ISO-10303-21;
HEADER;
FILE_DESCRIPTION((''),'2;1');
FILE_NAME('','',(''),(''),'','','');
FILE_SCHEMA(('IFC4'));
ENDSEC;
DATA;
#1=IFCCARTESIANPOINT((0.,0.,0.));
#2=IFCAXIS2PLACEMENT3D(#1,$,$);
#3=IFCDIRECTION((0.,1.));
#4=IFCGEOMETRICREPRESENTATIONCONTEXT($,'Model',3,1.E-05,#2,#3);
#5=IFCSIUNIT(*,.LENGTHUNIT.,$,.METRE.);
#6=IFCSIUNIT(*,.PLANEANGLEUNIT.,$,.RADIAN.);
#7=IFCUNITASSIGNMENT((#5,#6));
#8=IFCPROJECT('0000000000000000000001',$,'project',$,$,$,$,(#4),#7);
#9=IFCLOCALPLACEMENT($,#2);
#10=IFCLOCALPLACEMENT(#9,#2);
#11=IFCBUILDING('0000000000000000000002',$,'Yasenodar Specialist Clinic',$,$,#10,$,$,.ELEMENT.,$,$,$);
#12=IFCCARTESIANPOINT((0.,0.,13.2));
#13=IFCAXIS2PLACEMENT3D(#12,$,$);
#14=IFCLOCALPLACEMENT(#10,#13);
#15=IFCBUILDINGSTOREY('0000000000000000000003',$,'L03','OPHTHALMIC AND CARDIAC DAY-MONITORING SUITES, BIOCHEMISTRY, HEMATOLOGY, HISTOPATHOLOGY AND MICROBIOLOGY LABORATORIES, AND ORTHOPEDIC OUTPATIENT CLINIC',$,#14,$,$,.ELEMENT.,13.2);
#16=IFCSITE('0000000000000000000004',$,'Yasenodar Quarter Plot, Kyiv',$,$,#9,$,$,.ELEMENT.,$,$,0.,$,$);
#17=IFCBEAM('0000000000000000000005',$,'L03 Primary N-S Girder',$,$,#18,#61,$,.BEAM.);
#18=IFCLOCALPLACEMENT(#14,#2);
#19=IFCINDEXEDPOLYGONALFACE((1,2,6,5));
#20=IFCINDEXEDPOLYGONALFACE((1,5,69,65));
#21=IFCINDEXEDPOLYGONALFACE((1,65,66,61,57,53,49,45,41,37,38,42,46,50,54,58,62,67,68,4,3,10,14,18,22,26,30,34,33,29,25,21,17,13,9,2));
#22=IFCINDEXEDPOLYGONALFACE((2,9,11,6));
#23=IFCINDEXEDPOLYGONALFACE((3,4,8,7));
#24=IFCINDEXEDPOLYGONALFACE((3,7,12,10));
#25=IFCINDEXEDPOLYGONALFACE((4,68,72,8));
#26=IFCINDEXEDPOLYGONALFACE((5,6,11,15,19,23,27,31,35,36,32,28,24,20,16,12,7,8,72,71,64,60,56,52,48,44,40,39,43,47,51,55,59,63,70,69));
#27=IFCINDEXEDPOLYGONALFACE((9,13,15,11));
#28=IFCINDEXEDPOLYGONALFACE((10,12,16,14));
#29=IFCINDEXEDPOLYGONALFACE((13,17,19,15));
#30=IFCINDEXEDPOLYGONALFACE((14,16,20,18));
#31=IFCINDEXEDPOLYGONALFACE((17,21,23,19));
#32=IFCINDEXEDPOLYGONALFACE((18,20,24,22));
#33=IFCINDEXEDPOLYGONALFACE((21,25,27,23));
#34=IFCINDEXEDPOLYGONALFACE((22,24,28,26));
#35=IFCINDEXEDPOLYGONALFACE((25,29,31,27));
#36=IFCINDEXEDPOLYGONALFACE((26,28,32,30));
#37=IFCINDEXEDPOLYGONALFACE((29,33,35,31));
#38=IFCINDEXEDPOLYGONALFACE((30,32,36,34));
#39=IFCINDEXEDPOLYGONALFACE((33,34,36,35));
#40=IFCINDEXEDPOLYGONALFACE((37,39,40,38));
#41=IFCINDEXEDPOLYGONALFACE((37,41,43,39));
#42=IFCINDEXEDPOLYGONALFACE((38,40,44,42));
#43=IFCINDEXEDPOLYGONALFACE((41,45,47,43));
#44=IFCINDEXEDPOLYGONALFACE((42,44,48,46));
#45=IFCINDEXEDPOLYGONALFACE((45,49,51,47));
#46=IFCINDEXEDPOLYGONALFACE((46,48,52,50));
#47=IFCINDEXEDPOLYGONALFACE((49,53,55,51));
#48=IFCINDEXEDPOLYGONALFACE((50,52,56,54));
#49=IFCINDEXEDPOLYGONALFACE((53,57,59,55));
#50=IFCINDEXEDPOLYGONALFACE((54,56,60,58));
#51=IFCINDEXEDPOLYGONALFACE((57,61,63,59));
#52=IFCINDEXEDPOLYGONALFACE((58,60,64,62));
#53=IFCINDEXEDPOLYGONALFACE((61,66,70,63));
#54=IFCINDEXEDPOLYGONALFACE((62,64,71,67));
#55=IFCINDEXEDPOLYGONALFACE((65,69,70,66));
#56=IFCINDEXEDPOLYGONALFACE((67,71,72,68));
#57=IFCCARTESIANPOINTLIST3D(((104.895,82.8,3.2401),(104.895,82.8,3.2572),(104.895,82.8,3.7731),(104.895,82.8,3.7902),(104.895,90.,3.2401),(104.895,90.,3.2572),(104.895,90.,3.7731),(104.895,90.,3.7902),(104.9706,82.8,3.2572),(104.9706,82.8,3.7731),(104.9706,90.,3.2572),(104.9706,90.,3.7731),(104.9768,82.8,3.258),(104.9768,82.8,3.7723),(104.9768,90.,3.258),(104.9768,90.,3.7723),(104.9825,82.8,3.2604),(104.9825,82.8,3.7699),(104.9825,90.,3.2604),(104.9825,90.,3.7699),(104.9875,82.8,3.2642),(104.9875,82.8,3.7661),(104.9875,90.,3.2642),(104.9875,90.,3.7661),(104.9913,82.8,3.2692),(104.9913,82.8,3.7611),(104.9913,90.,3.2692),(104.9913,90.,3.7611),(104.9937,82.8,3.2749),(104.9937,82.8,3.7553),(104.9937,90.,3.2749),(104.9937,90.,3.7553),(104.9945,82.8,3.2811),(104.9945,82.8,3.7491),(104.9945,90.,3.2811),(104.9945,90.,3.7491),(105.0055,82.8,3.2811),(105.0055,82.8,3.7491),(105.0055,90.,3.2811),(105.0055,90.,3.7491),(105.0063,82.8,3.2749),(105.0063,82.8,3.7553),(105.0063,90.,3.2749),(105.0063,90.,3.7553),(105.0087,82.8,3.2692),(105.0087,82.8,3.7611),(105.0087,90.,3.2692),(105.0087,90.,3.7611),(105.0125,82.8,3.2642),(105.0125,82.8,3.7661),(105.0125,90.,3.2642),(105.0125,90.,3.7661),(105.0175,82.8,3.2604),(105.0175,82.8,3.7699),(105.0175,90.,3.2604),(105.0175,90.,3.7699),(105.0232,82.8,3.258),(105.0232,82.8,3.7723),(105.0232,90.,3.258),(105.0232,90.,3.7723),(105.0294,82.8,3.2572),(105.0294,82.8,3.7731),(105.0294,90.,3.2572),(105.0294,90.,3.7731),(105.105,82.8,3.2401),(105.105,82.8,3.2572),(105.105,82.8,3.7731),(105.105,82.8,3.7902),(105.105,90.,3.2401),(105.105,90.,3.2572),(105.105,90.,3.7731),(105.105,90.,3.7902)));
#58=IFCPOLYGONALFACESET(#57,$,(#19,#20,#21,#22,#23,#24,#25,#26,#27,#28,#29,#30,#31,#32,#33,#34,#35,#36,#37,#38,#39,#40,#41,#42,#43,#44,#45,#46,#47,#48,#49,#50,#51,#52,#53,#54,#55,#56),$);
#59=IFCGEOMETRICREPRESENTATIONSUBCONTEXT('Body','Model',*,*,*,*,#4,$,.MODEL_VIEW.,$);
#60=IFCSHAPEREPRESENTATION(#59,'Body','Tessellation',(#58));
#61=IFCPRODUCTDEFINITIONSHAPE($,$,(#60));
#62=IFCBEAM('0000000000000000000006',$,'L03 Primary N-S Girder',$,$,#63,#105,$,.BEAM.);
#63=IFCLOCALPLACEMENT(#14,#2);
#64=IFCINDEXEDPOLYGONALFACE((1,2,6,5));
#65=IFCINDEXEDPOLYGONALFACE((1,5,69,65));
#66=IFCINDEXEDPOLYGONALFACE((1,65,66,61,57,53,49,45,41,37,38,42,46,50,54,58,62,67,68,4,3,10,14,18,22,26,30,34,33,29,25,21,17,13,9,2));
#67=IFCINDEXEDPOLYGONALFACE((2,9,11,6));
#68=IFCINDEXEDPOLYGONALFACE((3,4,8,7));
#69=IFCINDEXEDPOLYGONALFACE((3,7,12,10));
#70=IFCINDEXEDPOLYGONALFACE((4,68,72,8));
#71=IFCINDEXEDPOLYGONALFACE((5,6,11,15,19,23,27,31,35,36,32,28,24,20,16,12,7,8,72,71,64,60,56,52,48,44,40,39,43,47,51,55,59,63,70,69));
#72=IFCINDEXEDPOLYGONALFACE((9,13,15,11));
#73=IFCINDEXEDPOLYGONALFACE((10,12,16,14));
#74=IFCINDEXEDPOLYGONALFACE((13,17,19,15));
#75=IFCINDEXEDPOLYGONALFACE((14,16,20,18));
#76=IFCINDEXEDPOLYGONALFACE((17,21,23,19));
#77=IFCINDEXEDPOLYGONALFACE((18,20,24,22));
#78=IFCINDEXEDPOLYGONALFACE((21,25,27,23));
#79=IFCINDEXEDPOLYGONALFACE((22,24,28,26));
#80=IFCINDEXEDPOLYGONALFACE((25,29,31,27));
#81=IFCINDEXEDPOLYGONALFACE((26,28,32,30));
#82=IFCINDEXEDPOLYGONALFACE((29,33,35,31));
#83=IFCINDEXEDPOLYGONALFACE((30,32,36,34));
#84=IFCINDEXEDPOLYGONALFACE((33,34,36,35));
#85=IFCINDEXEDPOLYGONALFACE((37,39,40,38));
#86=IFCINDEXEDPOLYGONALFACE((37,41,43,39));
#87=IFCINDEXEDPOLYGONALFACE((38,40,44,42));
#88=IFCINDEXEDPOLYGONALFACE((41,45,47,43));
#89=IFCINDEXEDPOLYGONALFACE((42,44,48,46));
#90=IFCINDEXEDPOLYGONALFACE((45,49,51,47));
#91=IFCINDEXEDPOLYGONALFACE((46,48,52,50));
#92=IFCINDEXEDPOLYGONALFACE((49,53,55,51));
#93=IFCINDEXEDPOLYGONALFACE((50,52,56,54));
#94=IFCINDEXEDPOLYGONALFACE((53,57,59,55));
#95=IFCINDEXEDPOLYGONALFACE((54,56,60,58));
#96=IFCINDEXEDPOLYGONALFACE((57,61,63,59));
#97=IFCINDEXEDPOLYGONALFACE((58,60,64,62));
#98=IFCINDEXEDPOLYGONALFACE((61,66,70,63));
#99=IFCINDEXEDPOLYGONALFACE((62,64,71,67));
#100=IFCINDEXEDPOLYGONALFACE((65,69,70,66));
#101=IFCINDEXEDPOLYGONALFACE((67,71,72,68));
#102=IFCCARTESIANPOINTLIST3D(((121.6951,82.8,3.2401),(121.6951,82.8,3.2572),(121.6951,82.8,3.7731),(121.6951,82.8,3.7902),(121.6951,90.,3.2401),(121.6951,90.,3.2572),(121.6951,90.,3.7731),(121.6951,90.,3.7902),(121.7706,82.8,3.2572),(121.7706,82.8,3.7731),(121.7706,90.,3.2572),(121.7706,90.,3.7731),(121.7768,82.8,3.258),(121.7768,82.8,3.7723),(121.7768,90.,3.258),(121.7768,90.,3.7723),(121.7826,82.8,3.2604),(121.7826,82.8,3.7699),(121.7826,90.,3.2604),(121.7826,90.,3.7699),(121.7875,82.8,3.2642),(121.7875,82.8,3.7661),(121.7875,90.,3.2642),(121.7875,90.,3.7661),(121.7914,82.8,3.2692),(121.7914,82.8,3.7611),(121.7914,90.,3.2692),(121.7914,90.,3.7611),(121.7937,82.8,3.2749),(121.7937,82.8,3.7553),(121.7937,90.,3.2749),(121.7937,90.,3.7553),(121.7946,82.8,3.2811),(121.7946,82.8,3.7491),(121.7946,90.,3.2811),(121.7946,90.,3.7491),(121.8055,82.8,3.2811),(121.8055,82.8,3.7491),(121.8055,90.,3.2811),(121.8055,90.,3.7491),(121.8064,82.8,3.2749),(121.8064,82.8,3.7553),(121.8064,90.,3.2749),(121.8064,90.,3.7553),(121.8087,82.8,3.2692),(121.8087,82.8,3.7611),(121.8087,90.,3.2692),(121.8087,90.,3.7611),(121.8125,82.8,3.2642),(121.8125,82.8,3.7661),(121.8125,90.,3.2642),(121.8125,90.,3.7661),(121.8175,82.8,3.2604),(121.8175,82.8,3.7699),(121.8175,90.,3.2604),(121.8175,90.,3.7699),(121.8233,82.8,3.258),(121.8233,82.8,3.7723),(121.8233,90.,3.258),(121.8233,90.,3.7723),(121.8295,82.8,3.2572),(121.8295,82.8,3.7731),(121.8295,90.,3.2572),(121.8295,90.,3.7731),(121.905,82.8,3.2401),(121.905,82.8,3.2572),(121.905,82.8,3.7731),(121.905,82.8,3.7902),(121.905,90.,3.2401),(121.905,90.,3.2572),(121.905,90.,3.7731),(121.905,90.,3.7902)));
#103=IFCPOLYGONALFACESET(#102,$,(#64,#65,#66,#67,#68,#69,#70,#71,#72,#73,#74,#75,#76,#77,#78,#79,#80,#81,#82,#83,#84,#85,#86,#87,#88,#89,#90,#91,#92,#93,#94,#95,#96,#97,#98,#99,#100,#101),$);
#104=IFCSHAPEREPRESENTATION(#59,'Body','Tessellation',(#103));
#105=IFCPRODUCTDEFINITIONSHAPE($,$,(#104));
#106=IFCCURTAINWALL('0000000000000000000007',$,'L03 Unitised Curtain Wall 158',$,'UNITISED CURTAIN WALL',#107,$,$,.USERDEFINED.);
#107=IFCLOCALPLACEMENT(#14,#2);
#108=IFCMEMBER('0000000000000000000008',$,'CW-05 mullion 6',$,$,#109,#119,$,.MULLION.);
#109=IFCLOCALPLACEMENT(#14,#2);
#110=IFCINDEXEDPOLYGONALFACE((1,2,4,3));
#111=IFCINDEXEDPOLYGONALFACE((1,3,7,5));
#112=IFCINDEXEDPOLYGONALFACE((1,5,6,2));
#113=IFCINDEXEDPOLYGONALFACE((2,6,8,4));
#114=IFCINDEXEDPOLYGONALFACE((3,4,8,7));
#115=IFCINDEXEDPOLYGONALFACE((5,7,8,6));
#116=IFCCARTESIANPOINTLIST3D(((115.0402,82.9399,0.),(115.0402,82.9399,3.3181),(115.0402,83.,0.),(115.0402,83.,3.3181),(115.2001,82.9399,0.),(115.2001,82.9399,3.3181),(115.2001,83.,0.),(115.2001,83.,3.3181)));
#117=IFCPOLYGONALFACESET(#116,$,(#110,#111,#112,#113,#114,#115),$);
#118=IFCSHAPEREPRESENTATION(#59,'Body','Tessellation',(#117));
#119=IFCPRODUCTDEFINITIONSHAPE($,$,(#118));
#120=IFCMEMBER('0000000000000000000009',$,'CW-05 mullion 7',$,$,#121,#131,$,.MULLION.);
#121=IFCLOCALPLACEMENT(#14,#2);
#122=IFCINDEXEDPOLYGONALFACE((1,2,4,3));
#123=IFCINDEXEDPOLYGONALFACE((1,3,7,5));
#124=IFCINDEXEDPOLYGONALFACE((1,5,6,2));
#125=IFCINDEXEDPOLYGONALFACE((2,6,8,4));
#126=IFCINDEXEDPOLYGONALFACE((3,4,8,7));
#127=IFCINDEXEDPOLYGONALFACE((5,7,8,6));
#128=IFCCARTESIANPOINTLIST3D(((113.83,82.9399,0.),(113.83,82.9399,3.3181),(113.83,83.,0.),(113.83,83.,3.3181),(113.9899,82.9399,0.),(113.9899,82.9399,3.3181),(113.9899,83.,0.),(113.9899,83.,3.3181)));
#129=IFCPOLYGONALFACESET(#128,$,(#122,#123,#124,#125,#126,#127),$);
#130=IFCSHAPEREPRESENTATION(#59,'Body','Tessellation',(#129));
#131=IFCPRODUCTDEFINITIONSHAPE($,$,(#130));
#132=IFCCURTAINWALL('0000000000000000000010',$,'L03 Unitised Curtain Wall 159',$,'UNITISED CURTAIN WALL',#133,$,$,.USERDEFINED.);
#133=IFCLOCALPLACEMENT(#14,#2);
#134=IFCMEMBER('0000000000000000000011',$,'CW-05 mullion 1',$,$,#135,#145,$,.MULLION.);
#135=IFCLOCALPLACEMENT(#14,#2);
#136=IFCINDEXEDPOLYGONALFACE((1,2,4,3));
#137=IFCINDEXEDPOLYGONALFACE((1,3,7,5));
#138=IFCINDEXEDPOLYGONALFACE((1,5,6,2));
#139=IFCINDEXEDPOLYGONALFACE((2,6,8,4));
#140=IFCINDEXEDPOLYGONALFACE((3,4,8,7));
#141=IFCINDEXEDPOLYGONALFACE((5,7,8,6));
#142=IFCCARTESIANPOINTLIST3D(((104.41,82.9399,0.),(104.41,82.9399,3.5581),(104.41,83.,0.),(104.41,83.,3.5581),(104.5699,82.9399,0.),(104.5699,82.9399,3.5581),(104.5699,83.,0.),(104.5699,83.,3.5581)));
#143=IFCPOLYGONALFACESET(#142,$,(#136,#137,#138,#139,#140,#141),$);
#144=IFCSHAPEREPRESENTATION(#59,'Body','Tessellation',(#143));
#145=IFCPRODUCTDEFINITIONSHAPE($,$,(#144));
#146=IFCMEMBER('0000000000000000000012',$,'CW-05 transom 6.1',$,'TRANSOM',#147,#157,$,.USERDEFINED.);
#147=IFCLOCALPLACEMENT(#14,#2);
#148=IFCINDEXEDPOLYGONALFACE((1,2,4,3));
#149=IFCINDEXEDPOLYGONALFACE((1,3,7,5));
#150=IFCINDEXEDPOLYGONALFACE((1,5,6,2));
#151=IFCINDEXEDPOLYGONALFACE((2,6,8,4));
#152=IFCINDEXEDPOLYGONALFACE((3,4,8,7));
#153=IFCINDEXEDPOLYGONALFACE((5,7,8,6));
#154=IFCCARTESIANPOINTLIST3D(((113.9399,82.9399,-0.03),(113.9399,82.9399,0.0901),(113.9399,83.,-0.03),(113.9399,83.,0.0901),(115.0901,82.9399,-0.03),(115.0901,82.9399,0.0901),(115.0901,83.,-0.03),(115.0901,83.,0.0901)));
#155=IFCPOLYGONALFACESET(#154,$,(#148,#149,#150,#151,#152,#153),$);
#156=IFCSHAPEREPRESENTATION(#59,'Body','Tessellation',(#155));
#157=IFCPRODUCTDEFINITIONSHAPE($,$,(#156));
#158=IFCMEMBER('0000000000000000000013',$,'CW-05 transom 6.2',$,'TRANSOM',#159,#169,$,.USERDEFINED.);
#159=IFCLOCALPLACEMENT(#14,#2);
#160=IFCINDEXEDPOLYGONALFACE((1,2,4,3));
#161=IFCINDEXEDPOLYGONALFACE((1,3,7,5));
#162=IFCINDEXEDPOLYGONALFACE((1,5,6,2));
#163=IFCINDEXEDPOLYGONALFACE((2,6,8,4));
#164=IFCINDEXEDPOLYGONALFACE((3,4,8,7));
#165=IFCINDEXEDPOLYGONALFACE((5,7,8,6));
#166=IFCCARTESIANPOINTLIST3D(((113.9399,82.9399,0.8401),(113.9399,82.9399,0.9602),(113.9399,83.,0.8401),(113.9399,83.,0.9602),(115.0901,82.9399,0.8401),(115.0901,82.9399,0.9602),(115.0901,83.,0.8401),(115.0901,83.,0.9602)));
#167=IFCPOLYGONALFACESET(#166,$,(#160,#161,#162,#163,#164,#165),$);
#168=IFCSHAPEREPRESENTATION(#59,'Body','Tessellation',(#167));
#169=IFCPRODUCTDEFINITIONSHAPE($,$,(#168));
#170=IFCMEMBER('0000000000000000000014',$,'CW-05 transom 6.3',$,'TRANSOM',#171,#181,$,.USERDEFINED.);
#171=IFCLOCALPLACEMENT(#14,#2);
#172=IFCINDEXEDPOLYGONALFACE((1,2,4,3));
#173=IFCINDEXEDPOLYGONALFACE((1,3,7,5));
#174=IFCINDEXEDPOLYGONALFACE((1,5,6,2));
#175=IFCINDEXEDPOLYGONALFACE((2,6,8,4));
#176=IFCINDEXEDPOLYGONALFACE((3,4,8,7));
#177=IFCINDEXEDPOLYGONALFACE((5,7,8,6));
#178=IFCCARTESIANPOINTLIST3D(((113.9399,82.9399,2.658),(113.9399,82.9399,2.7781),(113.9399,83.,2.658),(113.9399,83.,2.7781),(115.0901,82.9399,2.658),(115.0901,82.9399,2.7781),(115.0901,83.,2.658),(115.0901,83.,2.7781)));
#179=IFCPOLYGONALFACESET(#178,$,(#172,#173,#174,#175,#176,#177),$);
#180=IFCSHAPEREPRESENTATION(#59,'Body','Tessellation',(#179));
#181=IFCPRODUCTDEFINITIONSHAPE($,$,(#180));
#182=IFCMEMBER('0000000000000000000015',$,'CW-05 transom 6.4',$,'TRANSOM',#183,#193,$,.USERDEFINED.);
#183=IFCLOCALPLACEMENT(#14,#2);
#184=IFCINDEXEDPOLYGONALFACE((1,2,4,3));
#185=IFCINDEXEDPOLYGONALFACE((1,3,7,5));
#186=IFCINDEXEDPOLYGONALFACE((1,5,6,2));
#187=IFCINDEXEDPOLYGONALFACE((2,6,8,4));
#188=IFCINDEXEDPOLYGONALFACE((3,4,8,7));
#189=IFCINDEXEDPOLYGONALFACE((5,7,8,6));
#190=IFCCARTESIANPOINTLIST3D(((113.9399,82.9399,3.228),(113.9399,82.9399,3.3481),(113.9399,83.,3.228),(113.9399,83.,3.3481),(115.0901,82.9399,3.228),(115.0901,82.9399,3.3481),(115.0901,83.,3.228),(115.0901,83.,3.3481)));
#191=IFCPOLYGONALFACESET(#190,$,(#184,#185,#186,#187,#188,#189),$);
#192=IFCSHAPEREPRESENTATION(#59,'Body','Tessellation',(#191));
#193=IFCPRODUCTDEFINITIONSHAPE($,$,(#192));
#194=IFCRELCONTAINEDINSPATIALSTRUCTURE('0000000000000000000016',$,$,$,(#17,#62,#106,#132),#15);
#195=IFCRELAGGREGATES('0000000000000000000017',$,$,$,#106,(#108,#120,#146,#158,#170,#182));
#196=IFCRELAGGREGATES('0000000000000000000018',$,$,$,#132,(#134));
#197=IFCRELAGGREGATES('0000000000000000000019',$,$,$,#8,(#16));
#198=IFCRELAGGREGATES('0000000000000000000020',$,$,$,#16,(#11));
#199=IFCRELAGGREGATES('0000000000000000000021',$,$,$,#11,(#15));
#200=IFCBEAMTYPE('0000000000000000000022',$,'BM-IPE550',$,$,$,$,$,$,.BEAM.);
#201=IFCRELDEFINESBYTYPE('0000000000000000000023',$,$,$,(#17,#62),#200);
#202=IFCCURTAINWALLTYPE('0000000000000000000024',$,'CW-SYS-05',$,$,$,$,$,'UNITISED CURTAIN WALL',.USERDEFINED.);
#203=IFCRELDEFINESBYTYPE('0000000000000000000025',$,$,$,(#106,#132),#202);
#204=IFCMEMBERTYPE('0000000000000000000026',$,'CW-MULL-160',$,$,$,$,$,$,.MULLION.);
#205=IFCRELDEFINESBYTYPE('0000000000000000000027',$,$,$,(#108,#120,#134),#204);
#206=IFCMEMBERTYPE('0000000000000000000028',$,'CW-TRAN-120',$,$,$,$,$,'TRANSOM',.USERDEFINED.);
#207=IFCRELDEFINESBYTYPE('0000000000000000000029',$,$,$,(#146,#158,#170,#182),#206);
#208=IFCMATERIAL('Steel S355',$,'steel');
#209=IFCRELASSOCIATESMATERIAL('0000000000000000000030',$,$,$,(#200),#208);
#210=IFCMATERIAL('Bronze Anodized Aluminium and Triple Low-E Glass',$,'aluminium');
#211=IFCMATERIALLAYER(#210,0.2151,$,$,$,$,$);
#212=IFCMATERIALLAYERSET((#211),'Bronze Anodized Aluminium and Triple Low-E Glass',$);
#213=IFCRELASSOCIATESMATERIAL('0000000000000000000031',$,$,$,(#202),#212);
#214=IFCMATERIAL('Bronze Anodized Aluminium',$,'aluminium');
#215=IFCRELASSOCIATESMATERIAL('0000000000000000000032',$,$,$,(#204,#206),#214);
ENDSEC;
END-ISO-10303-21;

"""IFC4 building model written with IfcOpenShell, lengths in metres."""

from ifc_helpers import new_model, si_unit, direction, frame, origin, origin_2d, place, context, subcontext, project, spatial, rectangle, i_section, extrude, material, layer, layer_set, material_profile, profile_set, type_object, element, aggregate, save


model = new_model("IFC4")

# Units and contexts
model_context = context("Model", 3, precision=1e-05, world=origin(), true_north=direction((0.0, 1.0)))
body_context = subcontext(model_context, "Body", "Model", "MODEL_VIEW")
ifc_project = project(units=[si_unit("LENGTHUNIT", "METRE"), si_unit("PLANEANGLEUNIT", "RADIAN")], contexts=[model_context])

# Site, building, storey
site_placement = place(None, origin())
site = spatial("IfcSite", under=ifc_project, at=site_placement, Name="Yasenodar Quarter Plot, Kyiv", CompositionType="ELEMENT", RefElevation=0.0)
building_placement = place(site_placement, origin())
building = spatial("IfcBuilding", under=site, at=building_placement, Name="Yasenodar Specialist Clinic", CompositionType="ELEMENT")
storey_placement = place(building_placement, frame((0.0, 0.0, 13.2)))
storey = spatial("IfcBuildingStorey", under=building, at=storey_placement, Name="L03", Description="OPHTHALMIC AND CARDIAC DAY-MONITORING SUITES, BIOCHEMISTRY, HEMATOLOGY, HISTOPATHOLOGY AND MICROBIOLOGY LABORATORIES, AND ORTHOPEDIC OUTPATIENT CLINIC", CompositionType="ELEMENT", Elevation=13.2)

# Shared definitions
ifc_material_1 = material(Name="Steel S355", Category="steel")

# Beams
ifc_material_profile_1 = material_profile(ifc_material_1, i_section(OverallWidth=0.21, OverallDepth=0.55, WebThickness=0.011, FlangeThickness=0.0171, FilletRadius=0.0239, at=origin_2d()), Name="IPE 550")
ifc_profile_set_1 = profile_set([ifc_material_profile_1], Name="Steel S355")
beam_type_1 = type_object("IfcBeamType", Name="BM-IPE550", PredefinedType="BEAM", material=ifc_profile_set_1)
for number, where, z_axis, x_axis, name in (
    (1, (105.0, 82.8, 3.5151), (0.0, 1.0, 0.0), (-1.0, 0.0, 0.0), "L03 Primary N-S Girder"),
    (2, (121.8, 82.8, 3.5151), (0.0, 1.0, 0.0), (-1.0, 0.0, 0.0), "L03 Primary N-S Girder"),
):
    element("IfcBeam", number, at=place(storey_placement, frame(where, z_axis=z_axis, x_axis=x_axis)), inside=storey, type_object=beam_type_1, Name=name, PredefinedType="BEAM", context=body_context, shape_type="SweptSolid", body=[
        extrude(i_section(OverallWidth=0.21, OverallDepth=0.55, WebThickness=0.011, FlangeThickness=0.0171, FilletRadius=0.0239, at=origin_2d()), origin(), (0.0, 0.0, 1.0), 7.2),
    ])

# Curtain wall, members
ifc_material_2 = material(Name="Bronze Anodized Aluminium and Triple Low-E Glass", Category="aluminium")
ifc_layer_1 = layer(ifc_material_2, 0.2151)
ifc_layer_set_1 = layer_set([ifc_layer_1], Name="Bronze Anodized Aluminium and Triple Low-E Glass")
curtain_wall_type = type_object("IfcCurtainWallType", Name="CW-SYS-05", ElementType="UNITISED CURTAIN WALL", PredefinedType="USERDEFINED", material=ifc_layer_set_1)
curtain_wall_1_placement = place(storey_placement, origin())
curtain_wall_1 = element("IfcCurtainWall", 3, at=curtain_wall_1_placement, inside=storey, type_object=curtain_wall_type, Name="L03 Unitised Curtain Wall 158", ObjectType="UNITISED CURTAIN WALL", PredefinedType="USERDEFINED")
ifc_material_3 = material(Name="Bronze Anodized Aluminium", Category="aluminium")
ifc_material_profile_2 = material_profile(ifc_material_3, rectangle(XDim=0.0601, YDim=0.1599, at=origin_2d()), Name="CW-MULL 60x160")
ifc_profile_set_2 = profile_set([ifc_material_profile_2], Name="Bronze Anodized Aluminium")
member_type_1 = type_object("IfcMemberType", Name="CW-MULL-160", PredefinedType="MULLION", material=ifc_profile_set_2)
member_1_placement = place(storey_placement, frame((115.1201, 82.97, 0.0), z_axis=(0.0, 0.0, 1.0), x_axis=(0.0, -1.0, 0.0)))
member_1 = element("IfcMember", 4, at=member_1_placement, type_object=member_type_1, Name="CW-05 mullion 6", PredefinedType="MULLION", context=body_context, shape_type="SweptSolid", body=[
    extrude(rectangle(XDim=0.0601, YDim=0.1599, at=origin_2d()), origin(), (0.0, 0.0, 1.0), 3.3181),
])
member_2_placement = place(storey_placement, frame((113.9099, 82.97, 0.0), z_axis=(0.0, 0.0, 1.0), x_axis=(0.0, -1.0, 0.0)))
member_2 = element("IfcMember", 5, at=member_2_placement, type_object=member_type_1, Name="CW-05 mullion 7", PredefinedType="MULLION", context=body_context, shape_type="SweptSolid", body=[
    extrude(rectangle(XDim=0.0601, YDim=0.1599, at=origin_2d()), origin(), (0.0, 0.0, 1.0), 3.3181),
])

# Curtain wall, member
curtain_wall_2_placement = place(storey_placement, origin())
curtain_wall_2 = element("IfcCurtainWall", 6, at=curtain_wall_2_placement, inside=storey, type_object=curtain_wall_type, Name="L03 Unitised Curtain Wall 159", ObjectType="UNITISED CURTAIN WALL", PredefinedType="USERDEFINED")
member_3_placement = place(storey_placement, frame((104.49, 82.97, 0.0), z_axis=(0.0, 0.0, 1.0), x_axis=(0.0, -1.0, 0.0)))
member_3 = element("IfcMember", 7, at=member_3_placement, type_object=member_type_1, Name="CW-05 mullion 1", PredefinedType="MULLION", context=body_context, shape_type="SweptSolid", body=[
    extrude(rectangle(XDim=0.0601, YDim=0.1599, at=origin_2d()), origin(), (0.0, 0.0, 1.0), 3.5581),
])

# Members
ifc_material_profile_3 = material_profile(ifc_material_3, rectangle(XDim=0.0601, YDim=0.1201, at=origin_2d()), Name="CW-TRAN 60x120")
ifc_profile_set_3 = profile_set([ifc_material_profile_3], Name="Bronze Anodized Aluminium")
member_type_2 = type_object("IfcMemberType", Name="CW-TRAN-120", ElementType="TRANSOM", PredefinedType="USERDEFINED", material=ifc_profile_set_3)
member_4_placement = place(storey_placement, frame((115.0901, 82.97, 0.03), z_axis=(-1.0, 0.0, 0.0), x_axis=(0.0, -1.0, 0.0)))
member_4 = element("IfcMember", 8, at=member_4_placement, type_object=member_type_2, Name="CW-05 transom 6.1", ObjectType="TRANSOM", PredefinedType="USERDEFINED", context=body_context, shape_type="SweptSolid", body=[
    extrude(rectangle(XDim=0.0601, YDim=0.1201, at=origin_2d()), origin(), (0.0, 0.0, 1.0), 1.1501),
])
member_5_placement = place(storey_placement, frame((115.0901, 82.97, 0.9001), z_axis=(-1.0, 0.0, 0.0), x_axis=(0.0, -1.0, 0.0)))
member_5 = element("IfcMember", 9, at=member_5_placement, type_object=member_type_2, Name="CW-05 transom 6.2", ObjectType="TRANSOM", PredefinedType="USERDEFINED", context=body_context, shape_type="SweptSolid", body=[
    extrude(rectangle(XDim=0.0601, YDim=0.1201, at=origin_2d()), origin(), (0.0, 0.0, 1.0), 1.1501),
])
member_6_placement = place(storey_placement, frame((115.0901, 82.97, 2.718), z_axis=(-1.0, 0.0, 0.0), x_axis=(0.0, -1.0, 0.0)))
member_6 = element("IfcMember", 10, at=member_6_placement, type_object=member_type_2, Name="CW-05 transom 6.3", ObjectType="TRANSOM", PredefinedType="USERDEFINED", context=body_context, shape_type="SweptSolid", body=[
    extrude(rectangle(XDim=0.0601, YDim=0.1201, at=origin_2d()), origin(), (0.0, 0.0, 1.0), 1.1501),
])
member_7_placement = place(storey_placement, frame((115.0901, 82.97, 3.2881), z_axis=(-1.0, 0.0, 0.0), x_axis=(0.0, -1.0, 0.0)))
member_7 = element("IfcMember", 11, at=member_7_placement, type_object=member_type_2, Name="CW-05 transom 6.4", ObjectType="TRANSOM", PredefinedType="USERDEFINED", context=body_context, shape_type="SweptSolid", body=[
    extrude(rectangle(XDim=0.0601, YDim=0.1201, at=origin_2d()), origin(), (0.0, 0.0, 1.0), 1.1501),
])

aggregate(curtain_wall_1, [member_1, member_2, member_4, member_5, member_6, member_7])
aggregate(curtain_wall_2, [member_3])

save(model, "model.ifc")
